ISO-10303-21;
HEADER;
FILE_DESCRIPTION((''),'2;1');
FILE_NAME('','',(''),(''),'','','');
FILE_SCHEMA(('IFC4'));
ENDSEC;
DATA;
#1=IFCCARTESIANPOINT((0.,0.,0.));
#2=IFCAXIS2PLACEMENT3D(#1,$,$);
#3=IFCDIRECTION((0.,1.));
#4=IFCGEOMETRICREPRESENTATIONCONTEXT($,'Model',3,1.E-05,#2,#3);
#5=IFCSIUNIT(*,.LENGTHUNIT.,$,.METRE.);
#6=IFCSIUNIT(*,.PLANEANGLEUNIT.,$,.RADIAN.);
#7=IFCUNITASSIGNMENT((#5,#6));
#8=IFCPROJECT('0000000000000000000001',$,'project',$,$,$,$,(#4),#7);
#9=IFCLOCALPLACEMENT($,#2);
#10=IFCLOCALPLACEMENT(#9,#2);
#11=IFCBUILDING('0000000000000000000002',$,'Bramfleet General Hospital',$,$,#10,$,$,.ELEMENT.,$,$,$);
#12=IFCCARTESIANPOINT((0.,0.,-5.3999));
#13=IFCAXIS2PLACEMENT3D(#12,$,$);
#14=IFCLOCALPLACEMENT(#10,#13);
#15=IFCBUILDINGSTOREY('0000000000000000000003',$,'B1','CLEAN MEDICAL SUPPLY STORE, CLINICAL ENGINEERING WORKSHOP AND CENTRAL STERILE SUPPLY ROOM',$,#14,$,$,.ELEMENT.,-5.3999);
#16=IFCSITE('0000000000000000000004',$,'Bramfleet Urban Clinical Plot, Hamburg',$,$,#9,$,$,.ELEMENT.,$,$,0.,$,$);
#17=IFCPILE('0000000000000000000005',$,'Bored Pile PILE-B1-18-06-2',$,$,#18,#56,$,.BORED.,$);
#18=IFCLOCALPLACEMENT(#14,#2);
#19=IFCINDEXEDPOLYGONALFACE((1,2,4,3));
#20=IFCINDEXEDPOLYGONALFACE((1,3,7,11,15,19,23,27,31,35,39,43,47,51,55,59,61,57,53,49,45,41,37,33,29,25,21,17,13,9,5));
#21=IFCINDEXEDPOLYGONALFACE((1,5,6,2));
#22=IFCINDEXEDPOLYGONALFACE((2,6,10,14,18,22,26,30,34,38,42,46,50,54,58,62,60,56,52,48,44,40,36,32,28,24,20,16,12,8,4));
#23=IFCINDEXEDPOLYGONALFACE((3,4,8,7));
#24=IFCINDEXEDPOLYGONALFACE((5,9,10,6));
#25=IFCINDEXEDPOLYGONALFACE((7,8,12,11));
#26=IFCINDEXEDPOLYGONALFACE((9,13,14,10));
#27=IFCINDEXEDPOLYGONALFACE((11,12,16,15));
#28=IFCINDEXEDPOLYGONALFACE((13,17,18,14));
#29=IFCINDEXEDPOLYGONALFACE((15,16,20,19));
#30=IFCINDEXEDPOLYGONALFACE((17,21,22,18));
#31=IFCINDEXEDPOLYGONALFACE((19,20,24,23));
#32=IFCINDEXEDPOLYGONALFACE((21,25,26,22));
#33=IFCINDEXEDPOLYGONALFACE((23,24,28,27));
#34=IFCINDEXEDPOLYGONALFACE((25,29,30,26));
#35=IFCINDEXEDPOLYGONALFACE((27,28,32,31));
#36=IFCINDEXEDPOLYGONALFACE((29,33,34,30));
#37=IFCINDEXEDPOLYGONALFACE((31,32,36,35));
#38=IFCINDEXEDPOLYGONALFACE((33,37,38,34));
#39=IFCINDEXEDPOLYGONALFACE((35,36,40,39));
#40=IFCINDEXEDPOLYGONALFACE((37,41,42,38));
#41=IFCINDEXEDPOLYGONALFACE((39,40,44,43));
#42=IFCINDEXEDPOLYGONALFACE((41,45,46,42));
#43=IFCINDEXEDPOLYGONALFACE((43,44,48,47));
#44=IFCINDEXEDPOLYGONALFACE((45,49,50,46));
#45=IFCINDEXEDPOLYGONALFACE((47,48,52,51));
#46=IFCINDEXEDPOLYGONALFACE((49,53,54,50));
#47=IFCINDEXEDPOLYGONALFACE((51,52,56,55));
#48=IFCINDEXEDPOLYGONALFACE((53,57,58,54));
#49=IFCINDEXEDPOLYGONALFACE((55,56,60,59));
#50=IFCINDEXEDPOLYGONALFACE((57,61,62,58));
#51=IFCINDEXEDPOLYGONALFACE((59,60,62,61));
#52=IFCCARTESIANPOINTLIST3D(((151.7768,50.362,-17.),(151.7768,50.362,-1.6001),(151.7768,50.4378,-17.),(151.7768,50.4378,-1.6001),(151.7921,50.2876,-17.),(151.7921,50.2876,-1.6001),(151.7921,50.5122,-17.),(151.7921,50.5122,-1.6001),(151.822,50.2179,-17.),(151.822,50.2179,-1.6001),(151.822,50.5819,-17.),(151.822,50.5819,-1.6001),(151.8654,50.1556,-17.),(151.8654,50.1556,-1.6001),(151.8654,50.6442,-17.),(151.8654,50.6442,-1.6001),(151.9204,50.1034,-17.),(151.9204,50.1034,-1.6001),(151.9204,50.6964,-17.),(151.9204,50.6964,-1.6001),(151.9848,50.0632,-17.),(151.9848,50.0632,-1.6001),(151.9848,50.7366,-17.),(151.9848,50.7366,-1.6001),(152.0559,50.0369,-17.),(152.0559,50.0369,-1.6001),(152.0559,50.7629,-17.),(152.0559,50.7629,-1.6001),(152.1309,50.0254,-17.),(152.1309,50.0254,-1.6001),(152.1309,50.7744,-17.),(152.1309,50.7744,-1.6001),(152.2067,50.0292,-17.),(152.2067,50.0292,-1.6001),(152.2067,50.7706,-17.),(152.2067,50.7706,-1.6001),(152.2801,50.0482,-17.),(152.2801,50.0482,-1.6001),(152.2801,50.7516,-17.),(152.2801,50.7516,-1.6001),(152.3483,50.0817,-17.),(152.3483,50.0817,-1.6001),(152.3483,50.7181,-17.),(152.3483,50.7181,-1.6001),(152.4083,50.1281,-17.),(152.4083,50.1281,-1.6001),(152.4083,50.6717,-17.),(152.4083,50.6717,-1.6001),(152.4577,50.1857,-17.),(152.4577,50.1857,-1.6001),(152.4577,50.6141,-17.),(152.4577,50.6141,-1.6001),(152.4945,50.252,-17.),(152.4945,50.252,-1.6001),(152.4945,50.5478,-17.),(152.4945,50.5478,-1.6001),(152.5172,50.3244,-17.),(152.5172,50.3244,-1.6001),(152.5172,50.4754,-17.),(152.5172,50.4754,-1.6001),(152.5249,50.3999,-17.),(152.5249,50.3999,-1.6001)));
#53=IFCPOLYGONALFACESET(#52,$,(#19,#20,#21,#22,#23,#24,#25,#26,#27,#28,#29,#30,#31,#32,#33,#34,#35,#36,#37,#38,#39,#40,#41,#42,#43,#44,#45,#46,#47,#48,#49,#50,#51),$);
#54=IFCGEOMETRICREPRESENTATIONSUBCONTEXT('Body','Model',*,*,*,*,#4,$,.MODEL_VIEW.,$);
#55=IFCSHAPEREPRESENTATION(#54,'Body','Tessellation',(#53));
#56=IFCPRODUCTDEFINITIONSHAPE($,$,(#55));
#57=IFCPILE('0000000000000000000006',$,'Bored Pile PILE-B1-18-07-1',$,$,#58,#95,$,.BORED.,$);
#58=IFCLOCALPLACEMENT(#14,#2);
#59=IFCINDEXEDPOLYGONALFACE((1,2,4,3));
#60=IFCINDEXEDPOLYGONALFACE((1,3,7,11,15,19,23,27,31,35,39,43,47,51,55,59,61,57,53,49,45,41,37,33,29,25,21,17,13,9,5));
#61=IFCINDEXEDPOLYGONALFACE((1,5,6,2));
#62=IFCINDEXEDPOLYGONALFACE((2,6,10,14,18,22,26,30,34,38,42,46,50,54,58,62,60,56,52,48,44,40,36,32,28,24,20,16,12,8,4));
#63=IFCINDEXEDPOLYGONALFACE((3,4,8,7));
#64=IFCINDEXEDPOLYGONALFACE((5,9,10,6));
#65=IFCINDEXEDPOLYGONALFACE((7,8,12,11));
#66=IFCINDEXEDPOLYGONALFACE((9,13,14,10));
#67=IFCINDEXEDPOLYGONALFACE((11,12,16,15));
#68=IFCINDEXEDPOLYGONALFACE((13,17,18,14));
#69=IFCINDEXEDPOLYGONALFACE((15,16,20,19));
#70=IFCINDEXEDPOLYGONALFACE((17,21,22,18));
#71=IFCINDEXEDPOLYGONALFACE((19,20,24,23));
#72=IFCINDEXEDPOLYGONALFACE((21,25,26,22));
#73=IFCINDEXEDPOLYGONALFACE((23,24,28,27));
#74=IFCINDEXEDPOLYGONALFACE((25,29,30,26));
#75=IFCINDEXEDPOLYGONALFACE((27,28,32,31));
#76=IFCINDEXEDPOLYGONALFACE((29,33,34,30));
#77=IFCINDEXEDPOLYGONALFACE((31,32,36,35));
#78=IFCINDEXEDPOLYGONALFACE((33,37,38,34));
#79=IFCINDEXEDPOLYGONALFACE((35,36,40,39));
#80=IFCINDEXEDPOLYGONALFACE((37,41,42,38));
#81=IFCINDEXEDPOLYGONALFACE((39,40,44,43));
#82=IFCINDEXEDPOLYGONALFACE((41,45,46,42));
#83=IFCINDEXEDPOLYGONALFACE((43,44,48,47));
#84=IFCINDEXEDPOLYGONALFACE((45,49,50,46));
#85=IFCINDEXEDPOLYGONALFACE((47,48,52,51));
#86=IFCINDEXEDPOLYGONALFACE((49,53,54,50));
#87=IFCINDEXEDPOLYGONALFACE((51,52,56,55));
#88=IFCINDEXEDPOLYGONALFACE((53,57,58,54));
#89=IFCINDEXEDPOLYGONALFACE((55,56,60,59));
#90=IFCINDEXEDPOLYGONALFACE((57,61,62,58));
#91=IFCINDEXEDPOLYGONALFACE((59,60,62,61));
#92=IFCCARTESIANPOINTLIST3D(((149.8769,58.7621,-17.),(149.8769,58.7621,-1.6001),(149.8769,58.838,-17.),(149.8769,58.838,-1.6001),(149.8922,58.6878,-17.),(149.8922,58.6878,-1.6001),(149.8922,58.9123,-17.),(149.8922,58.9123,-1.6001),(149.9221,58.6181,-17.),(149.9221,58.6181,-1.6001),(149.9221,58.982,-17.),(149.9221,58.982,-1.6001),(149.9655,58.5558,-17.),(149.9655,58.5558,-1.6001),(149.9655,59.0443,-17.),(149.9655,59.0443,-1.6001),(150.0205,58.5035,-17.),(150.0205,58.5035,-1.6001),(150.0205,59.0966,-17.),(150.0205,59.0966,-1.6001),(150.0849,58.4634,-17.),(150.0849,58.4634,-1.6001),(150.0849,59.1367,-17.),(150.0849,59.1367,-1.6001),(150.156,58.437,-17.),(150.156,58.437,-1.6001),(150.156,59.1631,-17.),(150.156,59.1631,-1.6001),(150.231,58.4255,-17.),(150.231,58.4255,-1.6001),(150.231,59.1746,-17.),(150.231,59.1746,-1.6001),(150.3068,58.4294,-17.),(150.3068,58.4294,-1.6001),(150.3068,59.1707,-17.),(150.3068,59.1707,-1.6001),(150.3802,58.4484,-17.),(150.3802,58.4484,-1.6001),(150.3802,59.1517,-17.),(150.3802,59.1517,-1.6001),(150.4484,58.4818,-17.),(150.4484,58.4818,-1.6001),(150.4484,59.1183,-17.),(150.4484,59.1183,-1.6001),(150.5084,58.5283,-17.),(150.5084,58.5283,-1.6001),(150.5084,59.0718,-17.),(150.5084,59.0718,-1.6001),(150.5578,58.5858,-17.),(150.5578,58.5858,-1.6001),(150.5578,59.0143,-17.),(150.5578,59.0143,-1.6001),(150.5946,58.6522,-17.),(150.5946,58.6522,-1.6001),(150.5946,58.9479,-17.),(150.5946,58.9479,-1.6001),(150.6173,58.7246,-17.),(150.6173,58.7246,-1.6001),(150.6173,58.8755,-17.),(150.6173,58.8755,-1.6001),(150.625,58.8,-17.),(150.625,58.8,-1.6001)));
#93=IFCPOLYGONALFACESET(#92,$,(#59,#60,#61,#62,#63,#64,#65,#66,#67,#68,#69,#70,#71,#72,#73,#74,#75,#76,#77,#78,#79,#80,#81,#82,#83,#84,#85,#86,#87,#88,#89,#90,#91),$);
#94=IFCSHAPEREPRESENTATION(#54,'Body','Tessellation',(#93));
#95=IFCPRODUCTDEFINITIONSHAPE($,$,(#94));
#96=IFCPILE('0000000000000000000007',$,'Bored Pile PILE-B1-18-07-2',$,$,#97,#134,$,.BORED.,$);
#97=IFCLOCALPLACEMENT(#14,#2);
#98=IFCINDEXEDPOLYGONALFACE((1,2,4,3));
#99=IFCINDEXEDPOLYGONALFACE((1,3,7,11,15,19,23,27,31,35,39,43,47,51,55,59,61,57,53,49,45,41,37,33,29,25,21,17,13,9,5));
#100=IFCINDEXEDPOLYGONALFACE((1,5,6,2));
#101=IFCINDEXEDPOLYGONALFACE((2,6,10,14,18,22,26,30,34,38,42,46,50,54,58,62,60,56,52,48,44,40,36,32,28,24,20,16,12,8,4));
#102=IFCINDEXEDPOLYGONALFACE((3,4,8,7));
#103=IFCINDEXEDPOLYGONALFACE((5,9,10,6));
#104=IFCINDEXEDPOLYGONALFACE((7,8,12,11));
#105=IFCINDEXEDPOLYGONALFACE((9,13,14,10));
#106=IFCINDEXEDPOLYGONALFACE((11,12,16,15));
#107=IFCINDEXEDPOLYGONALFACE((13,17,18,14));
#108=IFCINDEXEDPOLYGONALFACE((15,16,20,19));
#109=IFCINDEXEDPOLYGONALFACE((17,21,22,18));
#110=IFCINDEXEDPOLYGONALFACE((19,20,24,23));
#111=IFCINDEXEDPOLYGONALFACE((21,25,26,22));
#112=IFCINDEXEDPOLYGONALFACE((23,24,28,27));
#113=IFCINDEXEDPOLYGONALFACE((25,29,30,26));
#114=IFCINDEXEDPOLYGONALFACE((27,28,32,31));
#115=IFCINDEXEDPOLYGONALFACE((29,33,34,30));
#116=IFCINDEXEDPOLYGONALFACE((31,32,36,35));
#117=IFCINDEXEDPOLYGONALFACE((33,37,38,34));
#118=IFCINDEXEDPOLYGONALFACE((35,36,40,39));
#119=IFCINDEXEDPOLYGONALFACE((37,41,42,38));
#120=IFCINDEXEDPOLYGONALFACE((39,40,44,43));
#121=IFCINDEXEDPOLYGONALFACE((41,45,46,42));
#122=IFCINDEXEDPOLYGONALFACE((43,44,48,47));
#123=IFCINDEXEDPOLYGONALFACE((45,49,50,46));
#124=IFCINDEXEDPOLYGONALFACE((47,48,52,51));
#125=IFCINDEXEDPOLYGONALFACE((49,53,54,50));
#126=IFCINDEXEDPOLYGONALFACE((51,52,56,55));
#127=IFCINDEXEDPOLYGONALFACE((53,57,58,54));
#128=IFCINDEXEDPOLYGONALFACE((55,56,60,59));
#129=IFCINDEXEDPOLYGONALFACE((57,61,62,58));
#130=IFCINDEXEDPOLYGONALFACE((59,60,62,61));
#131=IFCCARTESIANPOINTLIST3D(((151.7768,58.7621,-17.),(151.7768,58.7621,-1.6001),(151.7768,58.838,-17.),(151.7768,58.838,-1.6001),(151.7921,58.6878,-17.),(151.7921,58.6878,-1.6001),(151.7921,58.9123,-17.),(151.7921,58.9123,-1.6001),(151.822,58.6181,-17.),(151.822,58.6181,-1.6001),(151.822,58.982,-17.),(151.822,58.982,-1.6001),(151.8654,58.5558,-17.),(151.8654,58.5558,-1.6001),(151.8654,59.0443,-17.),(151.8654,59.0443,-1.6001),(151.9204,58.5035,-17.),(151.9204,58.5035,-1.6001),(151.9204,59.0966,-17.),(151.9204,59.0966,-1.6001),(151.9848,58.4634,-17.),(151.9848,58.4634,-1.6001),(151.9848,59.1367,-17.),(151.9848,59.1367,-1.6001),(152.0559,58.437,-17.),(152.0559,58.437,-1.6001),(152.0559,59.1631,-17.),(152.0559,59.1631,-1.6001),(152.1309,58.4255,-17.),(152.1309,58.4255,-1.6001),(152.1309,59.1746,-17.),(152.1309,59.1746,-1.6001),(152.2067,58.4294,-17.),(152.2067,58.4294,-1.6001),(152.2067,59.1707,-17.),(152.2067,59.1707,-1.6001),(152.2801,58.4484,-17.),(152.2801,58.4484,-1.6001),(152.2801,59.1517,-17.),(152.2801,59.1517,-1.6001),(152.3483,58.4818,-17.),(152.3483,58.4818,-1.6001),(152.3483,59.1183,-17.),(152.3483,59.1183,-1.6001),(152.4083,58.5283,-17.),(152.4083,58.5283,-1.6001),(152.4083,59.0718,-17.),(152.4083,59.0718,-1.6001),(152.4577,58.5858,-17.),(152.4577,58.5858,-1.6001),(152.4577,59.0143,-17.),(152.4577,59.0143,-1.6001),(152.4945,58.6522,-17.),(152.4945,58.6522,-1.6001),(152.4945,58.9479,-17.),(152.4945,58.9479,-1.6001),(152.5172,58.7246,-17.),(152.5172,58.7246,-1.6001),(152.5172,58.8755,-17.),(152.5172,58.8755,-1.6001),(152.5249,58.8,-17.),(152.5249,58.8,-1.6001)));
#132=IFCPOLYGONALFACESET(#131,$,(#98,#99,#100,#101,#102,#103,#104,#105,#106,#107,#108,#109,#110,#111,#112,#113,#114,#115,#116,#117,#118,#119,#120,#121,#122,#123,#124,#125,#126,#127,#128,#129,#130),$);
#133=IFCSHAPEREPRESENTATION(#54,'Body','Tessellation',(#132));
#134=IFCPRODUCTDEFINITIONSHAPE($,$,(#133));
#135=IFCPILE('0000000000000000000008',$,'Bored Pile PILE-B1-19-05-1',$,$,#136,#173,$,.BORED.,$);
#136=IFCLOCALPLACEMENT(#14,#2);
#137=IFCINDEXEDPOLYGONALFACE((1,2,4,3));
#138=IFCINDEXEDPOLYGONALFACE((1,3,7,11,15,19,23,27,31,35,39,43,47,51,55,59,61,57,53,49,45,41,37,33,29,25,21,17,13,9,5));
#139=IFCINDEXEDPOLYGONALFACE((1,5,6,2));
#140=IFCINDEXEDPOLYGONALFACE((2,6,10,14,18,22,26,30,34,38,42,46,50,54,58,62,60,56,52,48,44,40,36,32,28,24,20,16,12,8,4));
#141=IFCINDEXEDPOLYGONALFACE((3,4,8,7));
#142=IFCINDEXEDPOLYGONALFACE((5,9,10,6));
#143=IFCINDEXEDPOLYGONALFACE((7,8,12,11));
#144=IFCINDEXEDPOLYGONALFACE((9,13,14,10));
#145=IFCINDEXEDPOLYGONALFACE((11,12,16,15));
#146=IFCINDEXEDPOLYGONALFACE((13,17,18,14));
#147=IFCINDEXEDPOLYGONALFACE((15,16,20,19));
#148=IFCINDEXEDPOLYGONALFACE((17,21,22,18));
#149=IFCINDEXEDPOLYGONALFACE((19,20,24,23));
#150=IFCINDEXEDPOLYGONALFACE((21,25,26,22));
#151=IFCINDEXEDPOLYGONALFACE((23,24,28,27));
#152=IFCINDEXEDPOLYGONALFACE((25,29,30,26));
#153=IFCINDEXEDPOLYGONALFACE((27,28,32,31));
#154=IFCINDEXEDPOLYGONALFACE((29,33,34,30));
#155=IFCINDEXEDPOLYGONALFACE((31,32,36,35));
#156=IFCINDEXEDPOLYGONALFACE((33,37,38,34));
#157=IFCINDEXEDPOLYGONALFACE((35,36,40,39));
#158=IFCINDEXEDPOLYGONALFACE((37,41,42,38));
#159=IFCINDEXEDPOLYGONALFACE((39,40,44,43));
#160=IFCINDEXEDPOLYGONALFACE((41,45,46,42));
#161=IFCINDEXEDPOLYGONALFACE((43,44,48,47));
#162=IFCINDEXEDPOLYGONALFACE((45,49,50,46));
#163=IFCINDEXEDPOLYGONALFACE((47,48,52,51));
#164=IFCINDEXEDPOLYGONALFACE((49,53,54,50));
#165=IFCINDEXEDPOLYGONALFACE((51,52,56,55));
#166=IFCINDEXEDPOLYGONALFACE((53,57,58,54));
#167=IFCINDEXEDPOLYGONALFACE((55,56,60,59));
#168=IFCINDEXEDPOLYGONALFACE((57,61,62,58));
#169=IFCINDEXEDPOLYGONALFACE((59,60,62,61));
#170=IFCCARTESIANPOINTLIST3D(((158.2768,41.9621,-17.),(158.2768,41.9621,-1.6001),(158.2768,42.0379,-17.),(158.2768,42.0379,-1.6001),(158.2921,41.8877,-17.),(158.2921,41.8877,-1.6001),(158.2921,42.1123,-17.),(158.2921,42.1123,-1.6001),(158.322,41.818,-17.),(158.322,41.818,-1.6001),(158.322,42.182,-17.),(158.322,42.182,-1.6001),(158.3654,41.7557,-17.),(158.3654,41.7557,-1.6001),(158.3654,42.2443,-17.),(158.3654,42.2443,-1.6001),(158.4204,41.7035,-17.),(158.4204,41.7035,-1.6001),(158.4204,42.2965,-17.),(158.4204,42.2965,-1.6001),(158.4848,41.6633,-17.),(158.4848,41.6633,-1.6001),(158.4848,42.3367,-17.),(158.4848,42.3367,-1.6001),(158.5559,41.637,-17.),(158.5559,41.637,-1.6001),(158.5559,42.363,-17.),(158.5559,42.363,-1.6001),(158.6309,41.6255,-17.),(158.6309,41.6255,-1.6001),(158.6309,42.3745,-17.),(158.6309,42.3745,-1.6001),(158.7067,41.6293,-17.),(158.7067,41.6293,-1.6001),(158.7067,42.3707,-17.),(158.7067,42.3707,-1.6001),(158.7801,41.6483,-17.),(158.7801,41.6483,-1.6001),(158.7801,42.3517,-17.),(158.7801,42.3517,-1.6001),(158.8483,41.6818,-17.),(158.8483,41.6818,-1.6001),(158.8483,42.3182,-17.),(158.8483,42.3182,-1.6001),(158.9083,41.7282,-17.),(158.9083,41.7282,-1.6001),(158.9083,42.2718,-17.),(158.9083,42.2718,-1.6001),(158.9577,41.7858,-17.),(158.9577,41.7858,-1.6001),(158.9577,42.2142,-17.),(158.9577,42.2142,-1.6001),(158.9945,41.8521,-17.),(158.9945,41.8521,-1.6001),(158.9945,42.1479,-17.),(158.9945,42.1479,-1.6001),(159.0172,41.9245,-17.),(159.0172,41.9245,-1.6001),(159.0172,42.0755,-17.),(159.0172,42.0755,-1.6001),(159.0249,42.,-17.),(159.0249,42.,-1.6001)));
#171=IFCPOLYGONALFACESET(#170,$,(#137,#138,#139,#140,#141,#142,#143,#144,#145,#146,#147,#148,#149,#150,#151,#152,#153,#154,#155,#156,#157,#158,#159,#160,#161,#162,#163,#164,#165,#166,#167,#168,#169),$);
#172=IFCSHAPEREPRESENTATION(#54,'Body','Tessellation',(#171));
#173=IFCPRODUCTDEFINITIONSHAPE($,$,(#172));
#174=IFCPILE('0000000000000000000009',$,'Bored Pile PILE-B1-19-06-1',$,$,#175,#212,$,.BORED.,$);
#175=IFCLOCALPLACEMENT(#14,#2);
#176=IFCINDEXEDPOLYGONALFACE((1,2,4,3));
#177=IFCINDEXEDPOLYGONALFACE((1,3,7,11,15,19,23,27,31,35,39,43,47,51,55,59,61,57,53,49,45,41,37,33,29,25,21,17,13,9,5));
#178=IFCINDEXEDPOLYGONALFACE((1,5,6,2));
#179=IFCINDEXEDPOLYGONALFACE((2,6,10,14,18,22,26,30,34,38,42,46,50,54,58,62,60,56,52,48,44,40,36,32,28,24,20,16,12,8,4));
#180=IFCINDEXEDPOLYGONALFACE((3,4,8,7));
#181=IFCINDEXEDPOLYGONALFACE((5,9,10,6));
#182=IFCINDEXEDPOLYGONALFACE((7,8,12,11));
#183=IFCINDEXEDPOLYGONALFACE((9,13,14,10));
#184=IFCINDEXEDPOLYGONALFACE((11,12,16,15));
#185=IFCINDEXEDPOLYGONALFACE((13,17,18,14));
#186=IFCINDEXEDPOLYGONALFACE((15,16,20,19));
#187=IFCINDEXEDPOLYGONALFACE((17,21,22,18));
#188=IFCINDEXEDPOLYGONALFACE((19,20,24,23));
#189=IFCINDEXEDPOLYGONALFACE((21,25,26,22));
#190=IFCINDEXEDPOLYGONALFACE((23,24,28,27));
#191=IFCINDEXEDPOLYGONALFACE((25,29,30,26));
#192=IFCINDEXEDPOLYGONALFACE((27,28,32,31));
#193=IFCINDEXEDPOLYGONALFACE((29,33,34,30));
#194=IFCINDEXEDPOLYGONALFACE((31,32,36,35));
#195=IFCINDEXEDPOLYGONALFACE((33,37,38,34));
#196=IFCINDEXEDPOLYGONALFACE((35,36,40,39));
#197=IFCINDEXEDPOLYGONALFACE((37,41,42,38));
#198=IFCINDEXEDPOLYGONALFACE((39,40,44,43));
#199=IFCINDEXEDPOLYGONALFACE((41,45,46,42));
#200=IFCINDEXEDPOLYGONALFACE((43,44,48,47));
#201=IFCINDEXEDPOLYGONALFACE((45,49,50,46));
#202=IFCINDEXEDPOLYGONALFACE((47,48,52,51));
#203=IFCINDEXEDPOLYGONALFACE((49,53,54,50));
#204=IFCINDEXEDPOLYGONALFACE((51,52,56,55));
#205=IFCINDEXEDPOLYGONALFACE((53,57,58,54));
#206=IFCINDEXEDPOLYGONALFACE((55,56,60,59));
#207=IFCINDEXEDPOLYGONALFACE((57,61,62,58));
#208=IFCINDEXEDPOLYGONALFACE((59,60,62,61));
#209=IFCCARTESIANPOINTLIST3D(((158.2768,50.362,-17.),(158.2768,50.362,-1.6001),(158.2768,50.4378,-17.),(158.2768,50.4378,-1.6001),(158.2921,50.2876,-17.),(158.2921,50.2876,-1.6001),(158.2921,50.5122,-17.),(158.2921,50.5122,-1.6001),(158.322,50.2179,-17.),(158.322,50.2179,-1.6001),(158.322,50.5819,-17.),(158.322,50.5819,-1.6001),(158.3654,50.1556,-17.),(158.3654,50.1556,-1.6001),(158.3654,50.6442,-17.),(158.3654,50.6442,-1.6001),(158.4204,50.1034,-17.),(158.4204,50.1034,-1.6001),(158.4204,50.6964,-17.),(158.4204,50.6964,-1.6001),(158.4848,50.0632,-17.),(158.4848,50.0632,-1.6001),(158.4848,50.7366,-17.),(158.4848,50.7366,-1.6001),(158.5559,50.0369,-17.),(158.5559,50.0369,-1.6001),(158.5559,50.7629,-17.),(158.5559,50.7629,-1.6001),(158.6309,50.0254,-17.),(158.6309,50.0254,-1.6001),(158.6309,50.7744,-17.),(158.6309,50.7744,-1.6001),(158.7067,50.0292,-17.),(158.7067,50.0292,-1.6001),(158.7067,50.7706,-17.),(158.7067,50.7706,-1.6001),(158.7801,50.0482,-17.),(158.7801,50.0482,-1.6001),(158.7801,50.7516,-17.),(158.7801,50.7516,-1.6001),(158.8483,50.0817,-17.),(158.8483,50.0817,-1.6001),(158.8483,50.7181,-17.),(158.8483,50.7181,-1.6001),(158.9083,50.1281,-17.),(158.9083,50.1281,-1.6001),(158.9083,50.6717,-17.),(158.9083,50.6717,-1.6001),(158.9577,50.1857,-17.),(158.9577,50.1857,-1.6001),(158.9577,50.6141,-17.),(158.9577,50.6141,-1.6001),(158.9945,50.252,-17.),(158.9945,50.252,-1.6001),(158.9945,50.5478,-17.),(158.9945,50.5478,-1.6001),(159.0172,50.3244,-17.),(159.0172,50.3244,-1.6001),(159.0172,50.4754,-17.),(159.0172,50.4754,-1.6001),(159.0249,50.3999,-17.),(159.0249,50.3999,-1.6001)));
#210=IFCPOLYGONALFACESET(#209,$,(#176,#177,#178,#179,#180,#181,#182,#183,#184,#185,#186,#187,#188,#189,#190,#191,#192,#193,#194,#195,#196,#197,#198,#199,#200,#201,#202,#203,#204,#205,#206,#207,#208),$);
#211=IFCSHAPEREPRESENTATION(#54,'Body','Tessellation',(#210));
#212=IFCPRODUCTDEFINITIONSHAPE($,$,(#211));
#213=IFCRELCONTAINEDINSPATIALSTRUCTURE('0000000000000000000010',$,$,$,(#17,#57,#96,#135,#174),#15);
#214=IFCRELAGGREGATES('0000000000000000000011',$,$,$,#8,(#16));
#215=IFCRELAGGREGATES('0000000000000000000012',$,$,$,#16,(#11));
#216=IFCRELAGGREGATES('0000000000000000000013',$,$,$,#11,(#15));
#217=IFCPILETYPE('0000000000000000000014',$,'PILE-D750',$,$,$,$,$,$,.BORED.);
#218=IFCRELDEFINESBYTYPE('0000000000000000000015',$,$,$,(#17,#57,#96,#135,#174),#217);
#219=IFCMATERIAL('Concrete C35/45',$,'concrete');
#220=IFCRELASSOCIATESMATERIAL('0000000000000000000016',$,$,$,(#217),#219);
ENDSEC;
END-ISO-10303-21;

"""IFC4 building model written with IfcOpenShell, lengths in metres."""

from ifc_helpers import new_model, si_unit, direction, frame, origin, origin_2d, place, context, subcontext, project, spatial, circle, extrude, material, material_profile, profile_set, type_object, element, save


model = new_model("IFC4")

# Units and contexts
model_context = context("Model", 3, precision=1e-05, world=origin(), true_north=direction((0.0, 1.0)))
body_context = subcontext(model_context, "Body", "Model", "MODEL_VIEW")
ifc_project = project(units=[si_unit("LENGTHUNIT", "METRE"), si_unit("PLANEANGLEUNIT", "RADIAN")], contexts=[model_context])

# Site, building, storey
site_placement = place(None, origin())
site = spatial("IfcSite", under=ifc_project, at=site_placement, Name="Bramfleet Urban Clinical Plot, Hamburg", CompositionType="ELEMENT", RefElevation=0.0)
building_placement = place(site_placement, origin())
building = spatial("IfcBuilding", under=site, at=building_placement, Name="Bramfleet General Hospital", CompositionType="ELEMENT")
storey_placement = place(building_placement, frame((0.0, 0.0, -5.3999)))
storey = spatial("IfcBuildingStorey", under=building, at=storey_placement, Name="B1", Description="CLEAN MEDICAL SUPPLY STORE, CLINICAL ENGINEERING WORKSHOP AND CENTRAL STERILE SUPPLY ROOM", CompositionType="ELEMENT", Elevation=-5.3999)

# Shared definitions
ifc_material_1 = material(Name="Concrete C35/45", Category="concrete")

# Piles
ifc_material_profile_1 = material_profile(ifc_material_1, circle(Radius=0.375, at=origin_2d()), Name="PILE BORED D750")
ifc_profile_set_1 = profile_set([ifc_material_profile_1], Name="Concrete C35/45")
pile_type = type_object("IfcPileType", Name="PILE-D750", PredefinedType="BORED", material=ifc_profile_set_1)
for number, where, z_axis, x_axis, name in (
    (1, (152.1499, 50.3999, -1.6001), (0.0, 0.0, -1.0), (1.0, 0.0, 0.0), "Bored Pile PILE-B1-18-06-2"),
    (2, (150.25, 58.8, -1.6001), (0.0, 0.0, -1.0), (1.0, 0.0, 0.0), "Bored Pile PILE-B1-18-07-1"),
    (3, (152.1499, 58.8, -1.6001), (0.0, 0.0, -1.0), (1.0, 0.0, 0.0), "Bored Pile PILE-B1-18-07-2"),
    (4, (158.6499, 42.0, -1.6001), (0.0, 0.0, -1.0), (1.0, 0.0, 0.0), "Bored Pile PILE-B1-19-05-1"),
    (5, (158.6499, 50.3999, -1.6001), (0.0, 0.0, -1.0), (1.0, 0.0, 0.0), "Bored Pile PILE-B1-19-06-1"),
):
    element("IfcPile", number, at=place(storey_placement, frame(where, z_axis=z_axis, x_axis=x_axis)), inside=storey, type_object=pile_type, Name=name, PredefinedType="BORED", context=body_context, shape_type="SweptSolid", body=[
        extrude(circle(Radius=0.375, at=origin_2d()), origin(), (0.0, 0.0, 1.0), 15.3999),
    ])

save(model, "model.ifc")
